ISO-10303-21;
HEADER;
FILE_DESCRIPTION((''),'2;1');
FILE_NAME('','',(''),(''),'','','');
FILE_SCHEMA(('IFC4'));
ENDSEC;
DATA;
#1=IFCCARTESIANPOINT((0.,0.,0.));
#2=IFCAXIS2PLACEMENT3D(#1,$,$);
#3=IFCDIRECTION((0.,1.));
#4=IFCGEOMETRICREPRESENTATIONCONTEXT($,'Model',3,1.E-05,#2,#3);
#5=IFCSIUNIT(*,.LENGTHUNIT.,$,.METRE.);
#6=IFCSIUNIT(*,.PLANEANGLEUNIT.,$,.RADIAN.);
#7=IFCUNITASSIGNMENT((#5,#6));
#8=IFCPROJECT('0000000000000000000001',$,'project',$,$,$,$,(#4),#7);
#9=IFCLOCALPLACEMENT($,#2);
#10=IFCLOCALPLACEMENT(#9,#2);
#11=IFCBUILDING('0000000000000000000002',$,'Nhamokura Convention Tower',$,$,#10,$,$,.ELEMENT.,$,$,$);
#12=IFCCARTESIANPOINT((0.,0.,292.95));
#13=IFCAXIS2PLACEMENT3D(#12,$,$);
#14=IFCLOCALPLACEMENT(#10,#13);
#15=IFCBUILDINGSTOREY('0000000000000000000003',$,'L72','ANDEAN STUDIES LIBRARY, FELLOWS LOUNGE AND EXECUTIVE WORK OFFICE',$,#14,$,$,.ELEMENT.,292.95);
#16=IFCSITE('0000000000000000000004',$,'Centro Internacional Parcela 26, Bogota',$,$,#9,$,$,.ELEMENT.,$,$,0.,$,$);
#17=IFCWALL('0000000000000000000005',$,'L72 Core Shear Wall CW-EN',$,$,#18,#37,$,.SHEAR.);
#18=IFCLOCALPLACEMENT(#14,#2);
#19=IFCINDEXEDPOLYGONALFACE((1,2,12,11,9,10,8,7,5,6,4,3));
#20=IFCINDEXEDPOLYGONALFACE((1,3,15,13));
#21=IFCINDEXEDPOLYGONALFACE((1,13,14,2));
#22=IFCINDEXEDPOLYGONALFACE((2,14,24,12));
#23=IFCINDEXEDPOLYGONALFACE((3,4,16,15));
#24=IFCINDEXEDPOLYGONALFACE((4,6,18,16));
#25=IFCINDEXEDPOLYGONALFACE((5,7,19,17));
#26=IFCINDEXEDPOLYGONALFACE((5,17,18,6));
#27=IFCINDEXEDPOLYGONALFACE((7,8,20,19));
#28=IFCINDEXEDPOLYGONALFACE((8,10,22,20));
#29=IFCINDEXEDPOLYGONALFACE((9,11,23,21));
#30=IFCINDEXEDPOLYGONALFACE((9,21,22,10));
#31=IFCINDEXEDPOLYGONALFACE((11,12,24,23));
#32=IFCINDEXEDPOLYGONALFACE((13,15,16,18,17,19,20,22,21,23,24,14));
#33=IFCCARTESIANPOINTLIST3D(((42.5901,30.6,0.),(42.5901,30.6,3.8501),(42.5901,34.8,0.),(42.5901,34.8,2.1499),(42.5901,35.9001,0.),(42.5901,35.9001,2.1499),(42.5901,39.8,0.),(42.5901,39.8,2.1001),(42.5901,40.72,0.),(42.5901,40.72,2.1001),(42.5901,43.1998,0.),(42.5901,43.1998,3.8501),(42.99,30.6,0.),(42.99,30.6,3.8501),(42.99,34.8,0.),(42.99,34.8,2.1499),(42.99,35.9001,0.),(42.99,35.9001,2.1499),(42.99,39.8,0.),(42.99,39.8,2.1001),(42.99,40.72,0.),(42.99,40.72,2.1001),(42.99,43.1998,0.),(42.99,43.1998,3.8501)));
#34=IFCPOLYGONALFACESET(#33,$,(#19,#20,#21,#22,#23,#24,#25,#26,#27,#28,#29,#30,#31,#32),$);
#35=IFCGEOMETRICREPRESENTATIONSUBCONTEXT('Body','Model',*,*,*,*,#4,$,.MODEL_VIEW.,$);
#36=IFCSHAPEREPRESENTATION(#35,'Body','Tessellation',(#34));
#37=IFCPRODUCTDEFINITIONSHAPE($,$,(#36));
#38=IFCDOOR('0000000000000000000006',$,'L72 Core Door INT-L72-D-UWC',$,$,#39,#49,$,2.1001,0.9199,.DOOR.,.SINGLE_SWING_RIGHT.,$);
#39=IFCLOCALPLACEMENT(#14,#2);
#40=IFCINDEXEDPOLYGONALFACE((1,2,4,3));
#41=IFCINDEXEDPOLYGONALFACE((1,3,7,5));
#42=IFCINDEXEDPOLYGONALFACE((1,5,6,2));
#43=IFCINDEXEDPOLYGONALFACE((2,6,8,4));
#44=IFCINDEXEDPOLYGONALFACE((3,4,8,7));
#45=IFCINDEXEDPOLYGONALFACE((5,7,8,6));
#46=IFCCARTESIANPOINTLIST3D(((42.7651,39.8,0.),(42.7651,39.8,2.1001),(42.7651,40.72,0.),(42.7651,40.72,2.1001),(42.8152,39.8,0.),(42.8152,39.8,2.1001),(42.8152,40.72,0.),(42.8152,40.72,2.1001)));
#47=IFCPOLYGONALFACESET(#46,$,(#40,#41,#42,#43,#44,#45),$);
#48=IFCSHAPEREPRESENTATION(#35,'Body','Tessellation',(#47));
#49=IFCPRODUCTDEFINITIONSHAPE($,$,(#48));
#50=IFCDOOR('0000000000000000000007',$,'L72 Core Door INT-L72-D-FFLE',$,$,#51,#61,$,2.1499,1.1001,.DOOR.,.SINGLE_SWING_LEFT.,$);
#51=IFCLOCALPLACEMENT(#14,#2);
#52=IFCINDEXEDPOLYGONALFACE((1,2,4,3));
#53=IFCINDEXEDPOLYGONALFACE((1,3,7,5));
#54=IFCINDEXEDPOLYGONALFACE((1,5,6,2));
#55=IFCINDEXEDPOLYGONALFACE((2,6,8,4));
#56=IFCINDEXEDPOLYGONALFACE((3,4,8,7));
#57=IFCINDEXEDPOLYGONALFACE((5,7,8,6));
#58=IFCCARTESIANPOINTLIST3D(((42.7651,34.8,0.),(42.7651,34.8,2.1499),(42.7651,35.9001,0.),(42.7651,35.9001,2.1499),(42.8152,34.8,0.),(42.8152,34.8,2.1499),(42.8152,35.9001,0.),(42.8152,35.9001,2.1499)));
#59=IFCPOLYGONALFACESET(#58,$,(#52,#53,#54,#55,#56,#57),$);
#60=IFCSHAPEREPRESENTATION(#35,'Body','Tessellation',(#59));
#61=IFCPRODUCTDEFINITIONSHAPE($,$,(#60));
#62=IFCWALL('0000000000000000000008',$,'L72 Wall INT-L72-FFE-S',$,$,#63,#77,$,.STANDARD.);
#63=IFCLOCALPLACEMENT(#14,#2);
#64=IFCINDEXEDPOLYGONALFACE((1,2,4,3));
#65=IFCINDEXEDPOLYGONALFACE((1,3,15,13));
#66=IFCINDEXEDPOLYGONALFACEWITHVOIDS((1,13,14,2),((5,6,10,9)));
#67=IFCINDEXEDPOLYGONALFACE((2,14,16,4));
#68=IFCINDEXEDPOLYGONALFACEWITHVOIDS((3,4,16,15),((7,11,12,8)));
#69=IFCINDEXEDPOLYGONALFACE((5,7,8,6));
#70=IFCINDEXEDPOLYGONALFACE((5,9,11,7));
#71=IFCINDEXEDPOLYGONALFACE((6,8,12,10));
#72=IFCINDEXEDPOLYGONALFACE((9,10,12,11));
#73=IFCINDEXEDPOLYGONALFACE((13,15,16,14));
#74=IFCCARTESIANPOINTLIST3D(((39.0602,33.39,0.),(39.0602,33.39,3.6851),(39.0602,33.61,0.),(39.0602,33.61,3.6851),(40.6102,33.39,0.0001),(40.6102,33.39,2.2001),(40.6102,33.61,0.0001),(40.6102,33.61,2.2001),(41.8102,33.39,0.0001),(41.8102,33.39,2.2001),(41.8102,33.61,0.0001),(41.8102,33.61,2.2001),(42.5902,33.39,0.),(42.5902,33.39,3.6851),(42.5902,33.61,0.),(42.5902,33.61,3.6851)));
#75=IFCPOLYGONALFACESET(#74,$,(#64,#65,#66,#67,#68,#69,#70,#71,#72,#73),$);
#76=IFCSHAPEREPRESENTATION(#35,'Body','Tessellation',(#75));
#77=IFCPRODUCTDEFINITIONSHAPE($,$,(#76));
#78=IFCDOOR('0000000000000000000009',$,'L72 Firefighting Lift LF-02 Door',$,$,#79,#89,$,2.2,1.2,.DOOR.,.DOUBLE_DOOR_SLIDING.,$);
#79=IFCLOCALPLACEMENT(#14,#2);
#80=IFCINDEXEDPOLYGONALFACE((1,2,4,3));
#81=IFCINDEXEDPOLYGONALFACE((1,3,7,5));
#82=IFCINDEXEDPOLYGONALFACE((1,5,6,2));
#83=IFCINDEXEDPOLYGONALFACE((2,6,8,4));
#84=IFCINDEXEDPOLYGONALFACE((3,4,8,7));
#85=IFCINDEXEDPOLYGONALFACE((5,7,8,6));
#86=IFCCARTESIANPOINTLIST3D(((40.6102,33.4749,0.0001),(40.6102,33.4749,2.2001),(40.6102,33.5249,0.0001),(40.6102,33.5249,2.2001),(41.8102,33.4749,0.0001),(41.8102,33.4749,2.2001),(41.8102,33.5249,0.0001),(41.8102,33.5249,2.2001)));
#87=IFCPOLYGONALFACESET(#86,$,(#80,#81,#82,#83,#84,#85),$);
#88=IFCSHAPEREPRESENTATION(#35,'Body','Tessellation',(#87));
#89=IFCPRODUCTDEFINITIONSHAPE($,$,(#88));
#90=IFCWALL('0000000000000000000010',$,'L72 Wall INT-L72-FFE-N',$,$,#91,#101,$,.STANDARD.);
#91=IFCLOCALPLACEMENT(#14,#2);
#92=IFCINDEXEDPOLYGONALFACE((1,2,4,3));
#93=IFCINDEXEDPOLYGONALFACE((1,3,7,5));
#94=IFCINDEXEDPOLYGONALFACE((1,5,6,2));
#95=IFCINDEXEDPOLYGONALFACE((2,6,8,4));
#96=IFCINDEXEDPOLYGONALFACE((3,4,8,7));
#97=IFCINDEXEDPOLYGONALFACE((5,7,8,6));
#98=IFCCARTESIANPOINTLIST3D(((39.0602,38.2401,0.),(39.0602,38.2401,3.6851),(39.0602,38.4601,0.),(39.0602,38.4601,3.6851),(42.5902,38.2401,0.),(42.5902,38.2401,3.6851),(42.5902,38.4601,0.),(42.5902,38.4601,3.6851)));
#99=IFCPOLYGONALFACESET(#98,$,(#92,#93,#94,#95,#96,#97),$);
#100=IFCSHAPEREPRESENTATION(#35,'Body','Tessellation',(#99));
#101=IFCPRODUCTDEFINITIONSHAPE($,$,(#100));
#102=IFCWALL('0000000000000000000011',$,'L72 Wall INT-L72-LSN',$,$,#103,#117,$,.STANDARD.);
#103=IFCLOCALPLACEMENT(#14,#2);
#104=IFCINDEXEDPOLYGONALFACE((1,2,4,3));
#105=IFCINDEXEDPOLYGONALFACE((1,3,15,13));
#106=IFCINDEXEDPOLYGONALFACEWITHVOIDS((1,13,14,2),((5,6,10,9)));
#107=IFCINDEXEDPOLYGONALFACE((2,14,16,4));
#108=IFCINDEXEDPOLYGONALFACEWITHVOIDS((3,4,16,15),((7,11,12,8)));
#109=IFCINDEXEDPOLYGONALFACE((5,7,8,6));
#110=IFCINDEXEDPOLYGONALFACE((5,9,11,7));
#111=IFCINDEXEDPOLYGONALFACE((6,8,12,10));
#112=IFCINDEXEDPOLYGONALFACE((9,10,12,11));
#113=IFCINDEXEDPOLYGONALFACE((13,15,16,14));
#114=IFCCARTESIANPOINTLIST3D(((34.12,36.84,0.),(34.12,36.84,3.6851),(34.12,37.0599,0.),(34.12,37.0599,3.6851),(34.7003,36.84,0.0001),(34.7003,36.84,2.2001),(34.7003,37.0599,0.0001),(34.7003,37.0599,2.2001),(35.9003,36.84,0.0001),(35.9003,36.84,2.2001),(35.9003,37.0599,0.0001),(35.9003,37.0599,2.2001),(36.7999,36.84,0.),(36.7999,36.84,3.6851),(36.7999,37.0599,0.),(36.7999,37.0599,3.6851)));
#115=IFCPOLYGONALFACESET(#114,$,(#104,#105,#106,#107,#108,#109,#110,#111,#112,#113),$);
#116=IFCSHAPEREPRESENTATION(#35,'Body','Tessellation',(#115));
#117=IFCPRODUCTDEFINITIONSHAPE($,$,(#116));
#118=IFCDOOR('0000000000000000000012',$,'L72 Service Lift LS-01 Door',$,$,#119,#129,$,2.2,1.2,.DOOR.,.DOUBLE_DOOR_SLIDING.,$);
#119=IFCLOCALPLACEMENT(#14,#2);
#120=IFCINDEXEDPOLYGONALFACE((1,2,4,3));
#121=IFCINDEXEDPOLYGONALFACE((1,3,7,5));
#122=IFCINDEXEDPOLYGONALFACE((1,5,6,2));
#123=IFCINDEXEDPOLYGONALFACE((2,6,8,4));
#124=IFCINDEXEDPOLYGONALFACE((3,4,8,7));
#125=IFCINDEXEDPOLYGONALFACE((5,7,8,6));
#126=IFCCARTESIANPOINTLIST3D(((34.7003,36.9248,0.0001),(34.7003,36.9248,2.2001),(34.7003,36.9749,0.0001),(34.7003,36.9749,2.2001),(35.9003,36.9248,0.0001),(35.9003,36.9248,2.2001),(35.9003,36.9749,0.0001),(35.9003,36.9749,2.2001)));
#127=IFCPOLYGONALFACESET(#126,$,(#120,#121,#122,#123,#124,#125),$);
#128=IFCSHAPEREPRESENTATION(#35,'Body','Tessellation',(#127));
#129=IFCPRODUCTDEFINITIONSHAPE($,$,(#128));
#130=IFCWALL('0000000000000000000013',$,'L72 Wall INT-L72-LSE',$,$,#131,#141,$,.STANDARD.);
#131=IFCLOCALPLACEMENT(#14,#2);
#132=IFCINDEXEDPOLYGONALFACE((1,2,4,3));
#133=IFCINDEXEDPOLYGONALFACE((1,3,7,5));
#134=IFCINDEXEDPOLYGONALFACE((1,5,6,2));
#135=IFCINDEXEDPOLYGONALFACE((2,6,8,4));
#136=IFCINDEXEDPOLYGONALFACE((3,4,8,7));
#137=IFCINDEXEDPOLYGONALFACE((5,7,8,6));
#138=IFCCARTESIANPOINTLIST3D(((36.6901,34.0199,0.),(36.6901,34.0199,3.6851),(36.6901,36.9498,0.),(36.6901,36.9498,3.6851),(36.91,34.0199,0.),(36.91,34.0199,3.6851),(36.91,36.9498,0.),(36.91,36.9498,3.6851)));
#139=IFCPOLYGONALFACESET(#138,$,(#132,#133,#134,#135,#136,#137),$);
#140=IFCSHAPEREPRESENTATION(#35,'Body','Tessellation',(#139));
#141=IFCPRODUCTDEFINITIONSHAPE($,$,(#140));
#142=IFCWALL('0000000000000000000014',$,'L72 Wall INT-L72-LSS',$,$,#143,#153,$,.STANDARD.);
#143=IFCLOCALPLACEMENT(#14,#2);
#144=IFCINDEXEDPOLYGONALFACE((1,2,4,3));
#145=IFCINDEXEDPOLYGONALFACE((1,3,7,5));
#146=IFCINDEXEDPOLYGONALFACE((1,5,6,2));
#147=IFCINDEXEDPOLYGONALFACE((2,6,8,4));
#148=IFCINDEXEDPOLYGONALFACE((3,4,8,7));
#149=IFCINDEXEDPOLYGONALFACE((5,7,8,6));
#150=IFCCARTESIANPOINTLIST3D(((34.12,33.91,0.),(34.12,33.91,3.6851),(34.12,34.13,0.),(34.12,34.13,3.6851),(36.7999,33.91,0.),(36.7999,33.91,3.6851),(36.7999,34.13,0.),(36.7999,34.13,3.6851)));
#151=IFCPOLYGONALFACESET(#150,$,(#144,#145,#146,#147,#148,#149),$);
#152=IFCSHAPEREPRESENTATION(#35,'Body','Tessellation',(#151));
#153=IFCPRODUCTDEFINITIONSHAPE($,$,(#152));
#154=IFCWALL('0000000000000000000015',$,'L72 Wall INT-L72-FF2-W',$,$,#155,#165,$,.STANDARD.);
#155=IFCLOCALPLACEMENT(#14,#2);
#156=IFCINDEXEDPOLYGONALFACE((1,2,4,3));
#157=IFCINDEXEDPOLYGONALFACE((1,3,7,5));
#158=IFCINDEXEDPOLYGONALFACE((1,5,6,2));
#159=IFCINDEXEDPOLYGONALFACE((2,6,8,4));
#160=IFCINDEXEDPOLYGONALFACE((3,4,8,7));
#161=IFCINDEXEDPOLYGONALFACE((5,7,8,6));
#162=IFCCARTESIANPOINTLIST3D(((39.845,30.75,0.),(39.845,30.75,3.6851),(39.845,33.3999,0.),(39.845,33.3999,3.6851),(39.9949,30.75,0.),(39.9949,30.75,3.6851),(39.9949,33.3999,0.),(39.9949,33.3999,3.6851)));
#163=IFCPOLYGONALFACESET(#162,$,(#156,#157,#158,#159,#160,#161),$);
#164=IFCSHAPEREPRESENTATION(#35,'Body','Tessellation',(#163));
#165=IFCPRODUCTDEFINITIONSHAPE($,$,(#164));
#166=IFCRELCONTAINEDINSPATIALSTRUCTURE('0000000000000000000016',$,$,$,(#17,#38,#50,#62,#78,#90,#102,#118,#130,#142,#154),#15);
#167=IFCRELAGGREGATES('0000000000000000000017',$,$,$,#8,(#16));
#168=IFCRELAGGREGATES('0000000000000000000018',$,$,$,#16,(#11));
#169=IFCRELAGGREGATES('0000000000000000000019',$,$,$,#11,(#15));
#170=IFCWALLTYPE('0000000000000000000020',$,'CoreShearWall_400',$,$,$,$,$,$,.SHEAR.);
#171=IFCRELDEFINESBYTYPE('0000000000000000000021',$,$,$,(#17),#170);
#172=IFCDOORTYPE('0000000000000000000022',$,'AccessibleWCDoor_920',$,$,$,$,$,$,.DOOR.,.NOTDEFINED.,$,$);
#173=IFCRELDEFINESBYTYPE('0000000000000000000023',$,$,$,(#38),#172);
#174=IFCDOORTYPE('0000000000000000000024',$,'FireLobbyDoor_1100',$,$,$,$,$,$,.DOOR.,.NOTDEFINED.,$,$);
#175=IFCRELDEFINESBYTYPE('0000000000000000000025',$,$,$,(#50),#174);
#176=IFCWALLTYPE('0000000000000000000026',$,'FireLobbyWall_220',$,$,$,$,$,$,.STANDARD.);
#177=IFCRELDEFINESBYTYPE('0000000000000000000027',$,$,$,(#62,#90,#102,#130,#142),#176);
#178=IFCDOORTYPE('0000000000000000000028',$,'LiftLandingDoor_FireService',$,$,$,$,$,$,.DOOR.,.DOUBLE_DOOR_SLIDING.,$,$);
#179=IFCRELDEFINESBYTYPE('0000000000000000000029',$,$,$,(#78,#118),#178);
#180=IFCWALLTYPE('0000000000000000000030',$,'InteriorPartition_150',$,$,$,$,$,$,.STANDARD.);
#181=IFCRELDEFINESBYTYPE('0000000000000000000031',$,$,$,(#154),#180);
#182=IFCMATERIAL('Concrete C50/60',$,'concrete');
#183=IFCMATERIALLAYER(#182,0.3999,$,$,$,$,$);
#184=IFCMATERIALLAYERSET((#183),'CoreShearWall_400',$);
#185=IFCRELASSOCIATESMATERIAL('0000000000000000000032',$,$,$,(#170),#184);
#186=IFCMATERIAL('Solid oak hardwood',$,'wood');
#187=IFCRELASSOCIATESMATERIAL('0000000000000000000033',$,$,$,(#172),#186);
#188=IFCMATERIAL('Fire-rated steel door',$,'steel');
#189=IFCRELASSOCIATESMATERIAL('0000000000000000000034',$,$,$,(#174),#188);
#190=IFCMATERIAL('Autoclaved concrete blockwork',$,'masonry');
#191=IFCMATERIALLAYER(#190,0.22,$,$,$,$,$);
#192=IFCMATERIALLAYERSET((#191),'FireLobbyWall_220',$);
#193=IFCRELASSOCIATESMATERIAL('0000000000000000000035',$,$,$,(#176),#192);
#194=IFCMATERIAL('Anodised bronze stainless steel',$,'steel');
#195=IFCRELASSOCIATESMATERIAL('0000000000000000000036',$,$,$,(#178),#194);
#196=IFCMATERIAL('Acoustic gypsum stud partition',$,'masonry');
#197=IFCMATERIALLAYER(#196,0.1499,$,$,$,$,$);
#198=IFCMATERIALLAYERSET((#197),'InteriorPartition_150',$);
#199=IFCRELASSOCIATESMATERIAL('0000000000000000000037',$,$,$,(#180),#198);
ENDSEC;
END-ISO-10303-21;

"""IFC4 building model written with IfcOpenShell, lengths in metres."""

from ifc_helpers import new_model, si_unit, direction, frame, frame_2d, origin, place, context, subcontext, project, spatial, rectangle, extrude, material, layer, layer_set, type_object, element, fill, save


model = new_model("IFC4")

# Units and contexts
model_context = context("Model", 3, precision=1e-05, world=origin(), true_north=direction((0.0, 1.0)))
body_context = subcontext(model_context, "Body", "Model", "MODEL_VIEW")
ifc_project = project(units=[si_unit("LENGTHUNIT", "METRE"), si_unit("PLANEANGLEUNIT", "RADIAN")], contexts=[model_context])

# Site, building, storey
site_placement = place(None, origin())
site = spatial("IfcSite", under=ifc_project, at=site_placement, Name="Centro Internacional Parcela 26, Bogota", CompositionType="ELEMENT", RefElevation=0.0)
building_placement = place(site_placement, origin())
building = spatial("IfcBuilding", under=site, at=building_placement, Name="Nhamokura Convention Tower", CompositionType="ELEMENT")
storey_placement = place(building_placement, frame((0.0, 0.0, 292.95)))
storey = spatial("IfcBuildingStorey", under=building, at=storey_placement, Name="L72", Description="ANDEAN STUDIES LIBRARY, FELLOWS LOUNGE AND EXECUTIVE WORK OFFICE", CompositionType="ELEMENT", Elevation=292.95)

# Wall, openings, doors
ifc_material_1 = material(Name="Concrete C50/60", Category="concrete")
ifc_layer_1 = layer(ifc_material_1, 0.3999)
ifc_layer_set_1 = layer_set([ifc_layer_1], Name="CoreShearWall_400")
wall_type_1 = type_object("IfcWallType", Name="CoreShearWall_400", PredefinedType="SHEAR", material=ifc_layer_set_1)
wall_1_placement = place(storey_placement, frame((42.79, 30.6001, 0.0), z_axis=(0.0, 0.0, 1.0), x_axis=(0.0, 1.0, 0.0)))
wall_1 = element("IfcWall", 1, at=wall_1_placement, inside=storey, type_object=wall_type_1, Name="L72 Core Shear Wall CW-EN", PredefinedType="SHEAR", context=body_context, shape_type="SweptSolid", body=[
    extrude(rectangle(XDim=12.5999, YDim=0.3999, at=frame_2d((6.2998, 0.0))), origin(), (0.0, 0.0, 1.0), 3.8501),
])
opening_1_placement = place(wall_1_placement, frame((4.2, 0.0, 0.0)))
opening_1 = element("IfcOpeningElement", 2, at=opening_1_placement, cuts=wall_1, PredefinedType="OPENING", context=body_context, shape_type="SweptSolid", body=[
    extrude(rectangle(XDim=1.1001, YDim=2.1499, at=frame_2d((0.55, 1.075))), frame((0.0, 0.21, 0.0), z_axis=(0.0, -1.0, 0.0), x_axis=(1.0, 0.0, 0.0)), (0.0, 0.0, 1.0), 0.4199),
])
opening_2_placement = place(wall_1_placement, frame((9.2, 0.0, 0.0)))
opening_2 = element("IfcOpeningElement", 3, at=opening_2_placement, cuts=wall_1, PredefinedType="OPENING", context=body_context, shape_type="SweptSolid", body=[
    extrude(rectangle(XDim=0.9199, YDim=2.1001, at=frame_2d((0.46, 1.05))), frame((0.0, 0.21, 0.0), z_axis=(0.0, -1.0, 0.0), x_axis=(1.0, 0.0, 0.0)), (0.0, 0.0, 1.0), 0.4199),
])
ifc_material_2 = material(Name="Solid oak hardwood", Category="wood")
door_type_1 = type_object("IfcDoorType", Name="AccessibleWCDoor_920", OperationType="NOTDEFINED", PredefinedType="DOOR", material=ifc_material_2)
door_1_placement = place(opening_2_placement, origin())
door_1 = element("IfcDoor", 4, at=door_1_placement, inside=storey, type_object=door_type_1, Name="L72 Core Door INT-L72-D-UWC", OperationType="SINGLE_SWING_RIGHT", OverallHeight=2.1001, OverallWidth=0.9199, PredefinedType="DOOR", context=body_context, shape_type="SweptSolid", body=[
    extrude(rectangle(XDim=0.9199, YDim=2.1001, at=frame_2d((0.46, 1.05))), frame((0.0, 0.0249, 0.0), z_axis=(0.0, -1.0, 0.0), x_axis=(1.0, 0.0, 0.0)), (0.0, 0.0, 1.0), 0.05),
])
fill(opening_2, door_1)
ifc_material_3 = material(Name="Fire-rated steel door", Category="steel")
door_type_2 = type_object("IfcDoorType", Name="FireLobbyDoor_1100", OperationType="NOTDEFINED", PredefinedType="DOOR", material=ifc_material_3)
door_2_placement = place(opening_1_placement, origin())
door_2 = element("IfcDoor", 5, at=door_2_placement, inside=storey, type_object=door_type_2, Name="L72 Core Door INT-L72-D-FFLE", OperationType="SINGLE_SWING_LEFT", OverallHeight=2.1499, OverallWidth=1.1001, PredefinedType="DOOR", context=body_context, shape_type="SweptSolid", body=[
    extrude(rectangle(XDim=1.1001, YDim=2.1499, at=frame_2d((0.55, 1.075))), frame((0.0, 0.0249, 0.0), z_axis=(0.0, -1.0, 0.0), x_axis=(1.0, 0.0, 0.0)), (0.0, 0.0, 1.0), 0.05),
])
fill(opening_1, door_2)

# Wall, opening, door
ifc_material_4 = material(Name="Autoclaved concrete blockwork", Category="masonry")
ifc_layer_2 = layer(ifc_material_4, 0.22)
ifc_layer_set_2 = layer_set([ifc_layer_2], Name="FireLobbyWall_220")
wall_type_2 = type_object("IfcWallType", Name="FireLobbyWall_220", PredefinedType="STANDARD", material=ifc_layer_set_2)
wall_2_placement = place(storey_placement, frame((39.0601, 33.5, 0.0), z_axis=(0.0, 0.0, 1.0), x_axis=(1.0, 0.0, 0.0)))
wall_2 = element("IfcWall", 6, at=wall_2_placement, inside=storey, type_object=wall_type_2, Name="L72 Wall INT-L72-FFE-S", PredefinedType="STANDARD", context=body_context, shape_type="SweptSolid", body=[
    extrude(rectangle(XDim=3.53, YDim=0.22, at=frame_2d((1.7651, 0.0))), origin(), (0.0, 0.0, 1.0), 3.6851),
])
opening_3_placement = place(wall_2_placement, frame((1.55, 0.0, 0.0)))
opening_3 = element("IfcOpeningElement", 7, at=opening_3_placement, cuts=wall_2, PredefinedType="OPENING", context=body_context, shape_type="SweptSolid", body=[
    extrude(rectangle(XDim=1.2, YDim=2.2, at=frame_2d((0.6001, 1.1001))), frame((0.0, 0.1199, 0.0), z_axis=(0.0, -1.0, 0.0), x_axis=(1.0, 0.0, 0.0)), (0.0, 0.0, 1.0), 0.24),
])
ifc_material_5 = material(Name="Anodised bronze stainless steel", Category="steel")
door_type_3 = type_object("IfcDoorType", Name="LiftLandingDoor_FireService", OperationType="DOUBLE_DOOR_SLIDING", PredefinedType="DOOR", material=ifc_material_5)
door_3_placement = place(opening_3_placement, origin())
door_3 = element("IfcDoor", 8, at=door_3_placement, inside=storey, type_object=door_type_3, Name="L72 Firefighting Lift LF-02 Door", OperationType="DOUBLE_DOOR_SLIDING", OverallHeight=2.2, OverallWidth=1.2, PredefinedType="DOOR", context=body_context, shape_type="SweptSolid", body=[
    extrude(rectangle(XDim=1.2, YDim=2.2, at=frame_2d((0.6001, 1.1001))), frame((0.0, 0.0249, 0.0), z_axis=(0.0, -1.0, 0.0), x_axis=(1.0, 0.0, 0.0)), (0.0, 0.0, 1.0), 0.05),
])
fill(opening_3, door_3)

# Wall
wall_3_placement = place(storey_placement, frame((39.0601, 38.3501, 0.0), z_axis=(0.0, 0.0, 1.0), x_axis=(1.0, 0.0, 0.0)))
element("IfcWall", 9, at=wall_3_placement, inside=storey, type_object=wall_type_2, Name="L72 Wall INT-L72-FFE-N", PredefinedType="STANDARD", context=body_context, shape_type="SweptSolid", body=[
    extrude(rectangle(XDim=3.53, YDim=0.22, at=frame_2d((1.7651, 0.0))), origin(), (0.0, 0.0, 1.0), 3.6851),
])

# Wall, opening, door
wall_4_placement = place(storey_placement, frame((34.1201, 36.95, 0.0), z_axis=(0.0, 0.0, 1.0), x_axis=(1.0, 0.0, 0.0)))
wall_4 = element("IfcWall", 10, at=wall_4_placement, inside=storey, type_object=wall_type_2, Name="L72 Wall INT-L72-LSN", PredefinedType="STANDARD", context=body_context, shape_type="SweptSolid", body=[
    extrude(rectangle(XDim=2.6799, YDim=0.22, at=frame_2d((1.3398, 0.0))), origin(), (0.0, 0.0, 1.0), 3.6851),
])
opening_4_placement = place(wall_4_placement, frame((0.5801, 0.0, 0.0)))
opening_4 = element("IfcOpeningElement", 11, at=opening_4_placement, cuts=wall_4, PredefinedType="OPENING", context=body_context, shape_type="SweptSolid", body=[
    extrude(rectangle(XDim=1.2, YDim=2.2, at=frame_2d((0.6001, 1.1001))), frame((0.0, 0.1199, 0.0), z_axis=(0.0, -1.0, 0.0), x_axis=(1.0, 0.0, 0.0)), (0.0, 0.0, 1.0), 0.24),
])
door_4_placement = place(opening_4_placement, origin())
door_4 = element("IfcDoor", 12, at=door_4_placement, inside=storey, type_object=door_type_3, Name="L72 Service Lift LS-01 Door", OperationType="DOUBLE_DOOR_SLIDING", OverallHeight=2.2, OverallWidth=1.2, PredefinedType="DOOR", context=body_context, shape_type="SweptSolid", body=[
    extrude(rectangle(XDim=1.2, YDim=2.2, at=frame_2d((0.6001, 1.1001))), frame((0.0, 0.0249, 0.0), z_axis=(0.0, -1.0, 0.0), x_axis=(1.0, 0.0, 0.0)), (0.0, 0.0, 1.0), 0.05),
])
fill(opening_4, door_4)

# Walls
wall_5_placement = place(storey_placement, frame((36.8, 34.02, 0.0), z_axis=(0.0, 0.0, 1.0), x_axis=(0.0, 1.0, 0.0)))
element("IfcWall", 13, at=wall_5_placement, inside=storey, type_object=wall_type_2, Name="L72 Wall INT-L72-LSE", PredefinedType="STANDARD", context=body_context, shape_type="SweptSolid", body=[
    extrude(rectangle(XDim=2.9299, YDim=0.22, at=frame_2d((1.4648, 0.0))), origin(), (0.0, 0.0, 1.0), 3.6851),
])
wall_6_placement = place(storey_placement, frame((34.1201, 34.02, 0.0), z_axis=(0.0, 0.0, 1.0), x_axis=(1.0, 0.0, 0.0)))
element("IfcWall", 14, at=wall_6_placement, inside=storey, type_object=wall_type_2, Name="L72 Wall INT-L72-LSS", PredefinedType="STANDARD", context=body_context, shape_type="SweptSolid", body=[
    extrude(rectangle(XDim=2.6799, YDim=0.22, at=frame_2d((1.3398, 0.0))), origin(), (0.0, 0.0, 1.0), 3.6851),
])
ifc_material_6 = material(Name="Acoustic gypsum stud partition", Category="masonry")
ifc_layer_3 = layer(ifc_material_6, 0.1499)
ifc_layer_set_3 = layer_set([ifc_layer_3], Name="InteriorPartition_150")
wall_type_3 = type_object("IfcWallType", Name="InteriorPartition_150", PredefinedType="STANDARD", material=ifc_layer_set_3)
wall_7_placement = place(storey_placement, frame((39.9199, 30.75, 0.0), z_axis=(0.0, 0.0, 1.0), x_axis=(0.0, 1.0, 0.0)))
element("IfcWall", 15, at=wall_7_placement, inside=storey, type_object=wall_type_3, Name="L72 Wall INT-L72-FF2-W", PredefinedType="STANDARD", context=body_context, shape_type="SweptSolid", body=[
    extrude(rectangle(XDim=2.6499, YDim=0.1499, at=frame_2d((1.325, 0.0))), origin(), (0.0, 0.0, 1.0), 3.6851),
])

save(model, "model.ifc")
